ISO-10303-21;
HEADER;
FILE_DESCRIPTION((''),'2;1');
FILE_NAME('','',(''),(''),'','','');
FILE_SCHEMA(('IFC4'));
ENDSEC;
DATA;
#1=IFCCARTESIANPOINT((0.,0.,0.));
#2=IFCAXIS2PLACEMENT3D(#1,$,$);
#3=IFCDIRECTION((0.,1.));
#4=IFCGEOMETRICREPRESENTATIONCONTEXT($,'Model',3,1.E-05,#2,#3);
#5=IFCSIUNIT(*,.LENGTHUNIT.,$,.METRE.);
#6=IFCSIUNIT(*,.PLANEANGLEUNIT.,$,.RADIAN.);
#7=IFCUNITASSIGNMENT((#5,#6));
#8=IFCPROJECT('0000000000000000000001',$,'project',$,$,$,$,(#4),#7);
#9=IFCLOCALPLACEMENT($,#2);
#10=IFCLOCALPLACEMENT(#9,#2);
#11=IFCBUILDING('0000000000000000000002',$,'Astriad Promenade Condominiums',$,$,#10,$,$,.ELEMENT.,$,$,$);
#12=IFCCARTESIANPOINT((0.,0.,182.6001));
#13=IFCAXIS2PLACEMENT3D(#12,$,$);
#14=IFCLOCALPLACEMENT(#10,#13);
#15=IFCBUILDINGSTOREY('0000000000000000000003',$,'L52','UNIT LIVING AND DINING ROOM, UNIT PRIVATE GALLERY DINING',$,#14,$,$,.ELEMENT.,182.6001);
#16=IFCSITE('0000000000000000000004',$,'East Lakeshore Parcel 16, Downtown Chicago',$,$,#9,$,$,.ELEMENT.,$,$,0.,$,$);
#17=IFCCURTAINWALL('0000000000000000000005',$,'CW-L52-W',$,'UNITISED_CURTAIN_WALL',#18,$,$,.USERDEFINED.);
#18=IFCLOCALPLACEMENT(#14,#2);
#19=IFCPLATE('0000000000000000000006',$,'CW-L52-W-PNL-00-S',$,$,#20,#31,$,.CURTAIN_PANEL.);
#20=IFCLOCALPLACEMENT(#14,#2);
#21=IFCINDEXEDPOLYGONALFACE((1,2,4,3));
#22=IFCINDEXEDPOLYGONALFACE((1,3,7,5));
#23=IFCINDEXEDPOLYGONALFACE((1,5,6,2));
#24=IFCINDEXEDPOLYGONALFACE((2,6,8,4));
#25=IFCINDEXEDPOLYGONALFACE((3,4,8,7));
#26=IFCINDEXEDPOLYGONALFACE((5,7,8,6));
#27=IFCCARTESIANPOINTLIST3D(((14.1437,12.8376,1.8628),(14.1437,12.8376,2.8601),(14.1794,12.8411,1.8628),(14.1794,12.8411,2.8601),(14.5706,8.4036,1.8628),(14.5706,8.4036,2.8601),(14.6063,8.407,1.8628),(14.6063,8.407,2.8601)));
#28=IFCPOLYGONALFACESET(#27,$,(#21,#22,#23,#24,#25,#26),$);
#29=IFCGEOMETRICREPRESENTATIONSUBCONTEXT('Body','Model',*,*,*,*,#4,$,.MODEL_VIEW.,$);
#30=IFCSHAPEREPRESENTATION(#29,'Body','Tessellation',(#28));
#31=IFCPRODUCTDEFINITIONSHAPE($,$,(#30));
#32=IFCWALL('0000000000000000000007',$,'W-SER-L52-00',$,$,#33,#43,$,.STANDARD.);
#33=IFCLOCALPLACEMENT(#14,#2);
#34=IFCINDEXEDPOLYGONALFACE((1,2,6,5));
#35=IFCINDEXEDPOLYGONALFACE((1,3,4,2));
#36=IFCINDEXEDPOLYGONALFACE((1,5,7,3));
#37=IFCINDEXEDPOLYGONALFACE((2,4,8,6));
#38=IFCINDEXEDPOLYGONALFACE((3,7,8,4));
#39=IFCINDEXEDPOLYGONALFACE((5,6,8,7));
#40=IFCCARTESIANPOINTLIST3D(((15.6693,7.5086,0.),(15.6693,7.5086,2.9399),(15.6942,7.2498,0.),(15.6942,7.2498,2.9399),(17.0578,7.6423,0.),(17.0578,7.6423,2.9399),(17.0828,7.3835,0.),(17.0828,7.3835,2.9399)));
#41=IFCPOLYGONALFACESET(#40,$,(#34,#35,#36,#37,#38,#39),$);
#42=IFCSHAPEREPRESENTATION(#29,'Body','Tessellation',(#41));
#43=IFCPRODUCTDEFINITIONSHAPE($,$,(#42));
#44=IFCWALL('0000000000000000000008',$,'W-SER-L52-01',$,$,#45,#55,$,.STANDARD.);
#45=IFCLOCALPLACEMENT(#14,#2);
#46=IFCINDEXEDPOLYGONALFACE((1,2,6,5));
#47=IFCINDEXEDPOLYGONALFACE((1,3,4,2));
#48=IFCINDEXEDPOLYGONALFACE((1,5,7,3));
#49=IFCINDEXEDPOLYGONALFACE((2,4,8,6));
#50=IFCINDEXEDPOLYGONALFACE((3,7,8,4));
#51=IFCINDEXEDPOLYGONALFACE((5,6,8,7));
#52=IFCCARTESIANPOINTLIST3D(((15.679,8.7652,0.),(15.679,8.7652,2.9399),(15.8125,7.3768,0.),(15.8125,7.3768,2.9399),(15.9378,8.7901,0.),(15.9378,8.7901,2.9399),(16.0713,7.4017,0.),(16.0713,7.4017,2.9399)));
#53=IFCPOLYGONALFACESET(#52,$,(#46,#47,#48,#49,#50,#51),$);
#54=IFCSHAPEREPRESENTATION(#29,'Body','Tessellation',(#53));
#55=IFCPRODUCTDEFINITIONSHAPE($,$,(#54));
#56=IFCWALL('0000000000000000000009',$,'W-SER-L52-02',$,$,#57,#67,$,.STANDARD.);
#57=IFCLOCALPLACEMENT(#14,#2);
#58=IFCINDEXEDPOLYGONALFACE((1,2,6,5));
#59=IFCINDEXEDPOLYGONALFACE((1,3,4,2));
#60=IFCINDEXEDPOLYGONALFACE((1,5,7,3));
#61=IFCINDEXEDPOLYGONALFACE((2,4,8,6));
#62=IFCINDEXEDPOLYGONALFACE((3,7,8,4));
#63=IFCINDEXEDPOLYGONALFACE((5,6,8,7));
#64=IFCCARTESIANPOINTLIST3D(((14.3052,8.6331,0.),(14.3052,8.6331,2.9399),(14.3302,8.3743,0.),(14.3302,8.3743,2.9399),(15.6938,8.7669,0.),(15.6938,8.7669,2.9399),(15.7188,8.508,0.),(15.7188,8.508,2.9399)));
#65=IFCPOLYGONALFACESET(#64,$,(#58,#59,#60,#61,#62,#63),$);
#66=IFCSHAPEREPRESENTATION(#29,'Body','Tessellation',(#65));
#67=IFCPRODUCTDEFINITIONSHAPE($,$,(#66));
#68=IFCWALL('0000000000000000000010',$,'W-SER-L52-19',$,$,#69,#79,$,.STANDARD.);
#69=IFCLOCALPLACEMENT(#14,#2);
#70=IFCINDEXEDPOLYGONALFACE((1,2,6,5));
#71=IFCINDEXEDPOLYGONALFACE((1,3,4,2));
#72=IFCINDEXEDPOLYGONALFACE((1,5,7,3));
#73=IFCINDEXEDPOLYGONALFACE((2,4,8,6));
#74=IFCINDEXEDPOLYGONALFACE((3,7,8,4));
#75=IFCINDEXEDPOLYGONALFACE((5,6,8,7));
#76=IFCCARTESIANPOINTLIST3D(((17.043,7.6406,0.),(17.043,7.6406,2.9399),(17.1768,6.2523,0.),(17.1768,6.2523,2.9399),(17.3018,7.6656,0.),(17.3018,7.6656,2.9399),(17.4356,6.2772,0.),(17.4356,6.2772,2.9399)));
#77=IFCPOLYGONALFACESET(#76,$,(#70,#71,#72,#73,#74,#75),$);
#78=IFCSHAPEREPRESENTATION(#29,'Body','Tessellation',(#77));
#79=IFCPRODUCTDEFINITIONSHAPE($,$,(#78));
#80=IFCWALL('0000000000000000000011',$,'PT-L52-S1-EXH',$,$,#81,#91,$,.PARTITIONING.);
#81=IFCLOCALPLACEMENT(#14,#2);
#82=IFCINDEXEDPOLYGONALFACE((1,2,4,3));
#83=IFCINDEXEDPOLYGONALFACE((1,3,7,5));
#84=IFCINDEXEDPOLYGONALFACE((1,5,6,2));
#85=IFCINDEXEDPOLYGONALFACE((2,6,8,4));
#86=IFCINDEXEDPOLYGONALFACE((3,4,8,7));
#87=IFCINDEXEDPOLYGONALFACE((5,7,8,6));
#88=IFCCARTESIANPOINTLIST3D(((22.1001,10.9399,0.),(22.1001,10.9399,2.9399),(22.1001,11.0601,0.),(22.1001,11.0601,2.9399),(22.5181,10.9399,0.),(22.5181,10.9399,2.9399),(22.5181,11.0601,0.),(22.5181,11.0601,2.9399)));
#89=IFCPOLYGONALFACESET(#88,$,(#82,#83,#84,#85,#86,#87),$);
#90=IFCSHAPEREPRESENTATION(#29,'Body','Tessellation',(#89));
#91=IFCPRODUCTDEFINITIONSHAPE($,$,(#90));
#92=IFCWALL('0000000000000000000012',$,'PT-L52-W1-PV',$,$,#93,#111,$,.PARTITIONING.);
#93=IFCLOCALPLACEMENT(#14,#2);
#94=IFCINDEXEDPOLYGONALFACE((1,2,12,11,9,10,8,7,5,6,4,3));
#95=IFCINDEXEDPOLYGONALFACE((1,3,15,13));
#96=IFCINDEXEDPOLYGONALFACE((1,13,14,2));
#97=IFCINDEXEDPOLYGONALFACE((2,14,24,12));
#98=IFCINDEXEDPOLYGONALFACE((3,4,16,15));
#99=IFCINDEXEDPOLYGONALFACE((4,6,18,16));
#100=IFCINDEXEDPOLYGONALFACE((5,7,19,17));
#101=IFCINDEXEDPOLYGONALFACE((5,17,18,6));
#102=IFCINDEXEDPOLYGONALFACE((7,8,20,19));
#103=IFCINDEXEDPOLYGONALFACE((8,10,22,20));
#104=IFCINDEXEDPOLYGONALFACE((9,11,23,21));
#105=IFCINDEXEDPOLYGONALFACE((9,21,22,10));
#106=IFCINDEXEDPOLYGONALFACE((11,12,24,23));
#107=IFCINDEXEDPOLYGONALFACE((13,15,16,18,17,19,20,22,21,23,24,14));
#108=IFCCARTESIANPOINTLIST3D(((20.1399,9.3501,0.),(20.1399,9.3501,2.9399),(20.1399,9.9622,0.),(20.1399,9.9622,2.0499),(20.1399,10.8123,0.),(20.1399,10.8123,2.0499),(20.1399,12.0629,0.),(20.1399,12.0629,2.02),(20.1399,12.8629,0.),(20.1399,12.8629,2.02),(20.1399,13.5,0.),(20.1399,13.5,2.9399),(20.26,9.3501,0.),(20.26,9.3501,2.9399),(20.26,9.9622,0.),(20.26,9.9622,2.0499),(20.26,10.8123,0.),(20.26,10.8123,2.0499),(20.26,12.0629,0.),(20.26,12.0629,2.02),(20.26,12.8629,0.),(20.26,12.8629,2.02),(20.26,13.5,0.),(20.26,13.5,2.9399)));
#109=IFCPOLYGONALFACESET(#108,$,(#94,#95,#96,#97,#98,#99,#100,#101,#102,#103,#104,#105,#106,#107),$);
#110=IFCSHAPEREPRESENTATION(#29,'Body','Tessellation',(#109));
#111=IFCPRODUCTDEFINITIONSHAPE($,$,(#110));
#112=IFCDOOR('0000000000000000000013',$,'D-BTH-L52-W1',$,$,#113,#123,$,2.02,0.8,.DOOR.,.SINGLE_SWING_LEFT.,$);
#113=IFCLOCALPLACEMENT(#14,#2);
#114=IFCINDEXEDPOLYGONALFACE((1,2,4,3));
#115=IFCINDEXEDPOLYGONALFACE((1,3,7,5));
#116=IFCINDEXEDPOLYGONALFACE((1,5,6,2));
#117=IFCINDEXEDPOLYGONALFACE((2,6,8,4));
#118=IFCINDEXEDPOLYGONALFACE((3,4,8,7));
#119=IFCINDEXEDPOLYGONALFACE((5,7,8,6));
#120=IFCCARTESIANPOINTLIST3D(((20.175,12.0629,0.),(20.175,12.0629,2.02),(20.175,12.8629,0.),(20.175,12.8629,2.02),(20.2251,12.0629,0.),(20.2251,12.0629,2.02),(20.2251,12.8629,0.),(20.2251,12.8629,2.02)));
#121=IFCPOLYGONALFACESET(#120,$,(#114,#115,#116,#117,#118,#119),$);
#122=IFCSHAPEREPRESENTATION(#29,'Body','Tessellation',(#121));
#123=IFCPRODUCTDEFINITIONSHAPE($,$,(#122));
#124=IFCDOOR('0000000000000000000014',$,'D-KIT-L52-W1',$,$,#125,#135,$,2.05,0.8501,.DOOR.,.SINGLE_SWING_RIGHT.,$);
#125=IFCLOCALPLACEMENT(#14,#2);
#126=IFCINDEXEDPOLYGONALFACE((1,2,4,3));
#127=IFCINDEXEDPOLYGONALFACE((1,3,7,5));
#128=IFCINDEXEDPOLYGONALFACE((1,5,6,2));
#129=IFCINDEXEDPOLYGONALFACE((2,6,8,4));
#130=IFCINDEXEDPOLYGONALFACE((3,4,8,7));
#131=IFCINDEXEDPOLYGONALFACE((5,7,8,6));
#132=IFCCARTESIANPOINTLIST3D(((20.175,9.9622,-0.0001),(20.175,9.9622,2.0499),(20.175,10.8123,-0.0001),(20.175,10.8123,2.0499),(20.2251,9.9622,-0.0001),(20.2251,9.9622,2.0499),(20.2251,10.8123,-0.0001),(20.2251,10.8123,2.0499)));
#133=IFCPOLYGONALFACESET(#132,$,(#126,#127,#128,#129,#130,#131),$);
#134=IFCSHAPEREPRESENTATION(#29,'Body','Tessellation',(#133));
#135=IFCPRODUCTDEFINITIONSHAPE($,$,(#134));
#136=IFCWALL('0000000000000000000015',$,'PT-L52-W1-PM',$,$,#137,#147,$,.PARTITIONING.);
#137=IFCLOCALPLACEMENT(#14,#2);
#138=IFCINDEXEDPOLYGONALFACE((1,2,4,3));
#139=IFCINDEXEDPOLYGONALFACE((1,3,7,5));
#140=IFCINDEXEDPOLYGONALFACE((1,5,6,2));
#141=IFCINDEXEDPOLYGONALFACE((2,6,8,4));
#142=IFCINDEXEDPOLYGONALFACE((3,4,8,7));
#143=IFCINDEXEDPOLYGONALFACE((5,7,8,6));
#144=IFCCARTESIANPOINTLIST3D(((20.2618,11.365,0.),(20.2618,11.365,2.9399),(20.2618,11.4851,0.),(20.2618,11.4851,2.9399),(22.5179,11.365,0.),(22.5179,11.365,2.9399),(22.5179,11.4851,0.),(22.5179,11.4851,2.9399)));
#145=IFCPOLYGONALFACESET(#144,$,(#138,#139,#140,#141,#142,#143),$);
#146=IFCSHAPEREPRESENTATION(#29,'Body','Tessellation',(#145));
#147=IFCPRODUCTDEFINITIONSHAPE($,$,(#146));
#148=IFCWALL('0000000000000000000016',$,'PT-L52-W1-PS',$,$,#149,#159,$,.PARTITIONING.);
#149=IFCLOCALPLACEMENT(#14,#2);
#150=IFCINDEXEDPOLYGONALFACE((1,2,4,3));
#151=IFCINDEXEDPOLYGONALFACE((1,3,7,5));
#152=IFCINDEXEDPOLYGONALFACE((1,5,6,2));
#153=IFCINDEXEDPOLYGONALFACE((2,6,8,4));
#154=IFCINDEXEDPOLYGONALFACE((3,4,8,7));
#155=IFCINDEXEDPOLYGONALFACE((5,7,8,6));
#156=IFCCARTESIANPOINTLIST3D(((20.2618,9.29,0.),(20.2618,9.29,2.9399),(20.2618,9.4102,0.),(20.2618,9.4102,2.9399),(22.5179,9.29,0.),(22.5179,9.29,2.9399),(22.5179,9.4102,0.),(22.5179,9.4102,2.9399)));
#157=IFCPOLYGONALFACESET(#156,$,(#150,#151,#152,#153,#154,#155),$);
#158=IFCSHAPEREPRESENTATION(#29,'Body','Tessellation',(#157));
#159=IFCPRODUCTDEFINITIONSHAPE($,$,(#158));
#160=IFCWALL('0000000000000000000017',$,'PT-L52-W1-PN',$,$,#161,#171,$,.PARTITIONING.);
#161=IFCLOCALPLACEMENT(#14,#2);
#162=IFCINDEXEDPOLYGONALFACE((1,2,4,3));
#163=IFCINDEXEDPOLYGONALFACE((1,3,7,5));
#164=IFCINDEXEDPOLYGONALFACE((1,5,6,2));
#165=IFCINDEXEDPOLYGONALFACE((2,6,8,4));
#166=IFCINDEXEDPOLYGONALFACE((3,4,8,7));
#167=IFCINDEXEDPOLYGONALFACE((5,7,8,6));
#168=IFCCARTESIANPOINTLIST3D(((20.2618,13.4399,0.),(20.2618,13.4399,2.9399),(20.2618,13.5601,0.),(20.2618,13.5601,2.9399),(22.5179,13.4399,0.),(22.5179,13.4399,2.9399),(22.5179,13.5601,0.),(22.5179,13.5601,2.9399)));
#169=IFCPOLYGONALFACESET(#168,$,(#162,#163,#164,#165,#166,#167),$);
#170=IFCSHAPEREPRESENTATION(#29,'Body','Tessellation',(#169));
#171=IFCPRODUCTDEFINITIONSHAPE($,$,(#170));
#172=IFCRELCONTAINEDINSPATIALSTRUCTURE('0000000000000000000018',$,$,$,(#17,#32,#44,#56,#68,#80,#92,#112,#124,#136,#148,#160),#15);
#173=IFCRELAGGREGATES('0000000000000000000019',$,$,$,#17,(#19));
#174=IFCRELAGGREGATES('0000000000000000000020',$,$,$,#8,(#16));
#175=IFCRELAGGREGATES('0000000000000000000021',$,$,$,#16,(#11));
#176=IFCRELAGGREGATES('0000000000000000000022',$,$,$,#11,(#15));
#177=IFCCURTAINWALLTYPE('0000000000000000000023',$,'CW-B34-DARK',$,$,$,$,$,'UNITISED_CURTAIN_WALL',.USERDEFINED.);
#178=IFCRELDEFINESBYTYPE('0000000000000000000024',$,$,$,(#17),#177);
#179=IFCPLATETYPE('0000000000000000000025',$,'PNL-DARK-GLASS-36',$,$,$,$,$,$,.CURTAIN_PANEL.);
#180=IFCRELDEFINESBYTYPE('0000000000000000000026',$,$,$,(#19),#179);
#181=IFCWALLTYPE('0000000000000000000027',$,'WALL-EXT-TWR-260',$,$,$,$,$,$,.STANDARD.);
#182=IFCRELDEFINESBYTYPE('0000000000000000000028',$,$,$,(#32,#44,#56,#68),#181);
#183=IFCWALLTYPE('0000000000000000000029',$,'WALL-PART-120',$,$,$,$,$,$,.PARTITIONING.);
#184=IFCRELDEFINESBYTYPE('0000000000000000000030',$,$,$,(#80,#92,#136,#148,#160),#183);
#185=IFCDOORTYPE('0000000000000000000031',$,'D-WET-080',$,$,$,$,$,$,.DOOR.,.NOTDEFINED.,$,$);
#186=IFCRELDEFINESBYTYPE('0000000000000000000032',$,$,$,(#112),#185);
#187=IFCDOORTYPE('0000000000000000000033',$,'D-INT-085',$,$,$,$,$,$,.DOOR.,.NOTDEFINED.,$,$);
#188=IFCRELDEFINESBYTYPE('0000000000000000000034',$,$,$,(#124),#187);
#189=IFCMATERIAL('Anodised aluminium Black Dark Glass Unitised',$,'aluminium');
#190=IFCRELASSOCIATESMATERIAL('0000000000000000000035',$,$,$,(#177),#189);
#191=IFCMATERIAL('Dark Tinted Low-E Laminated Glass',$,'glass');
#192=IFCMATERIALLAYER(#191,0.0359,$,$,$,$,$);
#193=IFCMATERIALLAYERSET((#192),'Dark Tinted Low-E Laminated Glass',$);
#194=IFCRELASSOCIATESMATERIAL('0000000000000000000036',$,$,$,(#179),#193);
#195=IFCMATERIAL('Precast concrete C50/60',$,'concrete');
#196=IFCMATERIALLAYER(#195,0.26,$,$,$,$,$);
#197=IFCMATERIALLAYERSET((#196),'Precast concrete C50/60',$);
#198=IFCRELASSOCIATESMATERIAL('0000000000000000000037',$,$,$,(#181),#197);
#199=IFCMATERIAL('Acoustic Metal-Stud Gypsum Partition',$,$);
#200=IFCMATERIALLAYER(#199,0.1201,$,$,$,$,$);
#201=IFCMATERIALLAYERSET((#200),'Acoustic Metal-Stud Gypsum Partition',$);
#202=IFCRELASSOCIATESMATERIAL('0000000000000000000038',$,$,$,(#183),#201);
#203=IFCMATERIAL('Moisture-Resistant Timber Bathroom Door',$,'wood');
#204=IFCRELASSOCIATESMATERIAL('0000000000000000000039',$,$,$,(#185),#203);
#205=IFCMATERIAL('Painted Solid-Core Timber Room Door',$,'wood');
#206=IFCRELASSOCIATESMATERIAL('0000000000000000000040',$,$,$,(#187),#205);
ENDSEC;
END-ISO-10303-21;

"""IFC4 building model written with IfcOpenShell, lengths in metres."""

from ifc_helpers import new_model, si_unit, direction, frame, frame_2d, origin, origin_2d, place, context, subcontext, project, spatial, rectangle, extrude, source, transform, mapped, material, layer, layer_set, type_object, type_shapes, element, fill, aggregate, save


model = new_model("IFC4")

# Units and contexts
model_context = context("Model", 3, precision=1e-05, world=origin(), true_north=direction((0.0, 1.0)))
body_context = subcontext(model_context, "Body", "Model", "MODEL_VIEW")
ifc_project = project(units=[si_unit("LENGTHUNIT", "METRE"), si_unit("PLANEANGLEUNIT", "RADIAN")], contexts=[model_context])

# Site, building, storey
site_placement = place(None, origin())
site = spatial("IfcSite", under=ifc_project, at=site_placement, Name="East Lakeshore Parcel 16, Downtown Chicago", CompositionType="ELEMENT", RefElevation=0.0)
building_placement = place(site_placement, origin())
building = spatial("IfcBuilding", under=site, at=building_placement, Name="Astriad Promenade Condominiums", CompositionType="ELEMENT")
storey_placement = place(building_placement, frame((0.0, 0.0, 182.6001)))
storey = spatial("IfcBuildingStorey", under=building, at=storey_placement, Name="L52", Description="UNIT LIVING AND DINING ROOM, UNIT PRIVATE GALLERY DINING", CompositionType="ELEMENT", Elevation=182.6001)

# Curtain wall
ifc_material_1 = material(Name="Anodised aluminium Black Dark Glass Unitised", Category="aluminium")
curtain_wall_type = type_object("IfcCurtainWallType", Name="CW-B34-DARK", ElementType="UNITISED_CURTAIN_WALL", PredefinedType="USERDEFINED", material=ifc_material_1)
curtain_wall_placement = place(storey_placement, origin())
curtain_wall = element("IfcCurtainWall", 1, at=curtain_wall_placement, inside=storey, type_object=curtain_wall_type, Name="CW-L52-W", ObjectType="UNITISED_CURTAIN_WALL", PredefinedType="USERDEFINED")

# Shared definitions
ifc_material_2 = material(Name="Precast concrete C50/60", Category="concrete")

# Plate
ifc_material_3 = material(Name="Dark Tinted Low-E Laminated Glass", Category="glass")
ifc_layer_1 = layer(ifc_material_3, 0.0359)
ifc_layer_set_1 = layer_set([ifc_layer_1], Name="Dark Tinted Low-E Laminated Glass")
plate_type = type_object("IfcPlateType", Name="PNL-DARK-GLASS-36", PredefinedType="CURTAIN_PANEL", material=ifc_layer_set_1)
shared_shape_1 = source(origin(), body_context, "Body", "SweptSolid", [
    extrude(rectangle(XDim=4.4546, YDim=0.0359, at=origin_2d()), origin(), (0.0, 0.0, 1.0), 0.9973),
])
plate_1_placement = place(storey_placement, frame((14.375, 10.6223, 1.8628), z_axis=(0.0, 0.0, 1.0), x_axis=(-0.095846, 0.995396, 0.0)))
plate_1 = element("IfcPlate", 2, at=plate_1_placement, type_object=plate_type, Name="CW-L52-W-PNL-00-S", PredefinedType="CURTAIN_PANEL", context=body_context, shape_type="MappedRepresentation", body=[
    mapped(shared_shape_1, transform((0.0, 0.0, 0.0), scale=1.0)),
])
aggregate(curtain_wall, [plate_1])

# Walls
ifc_layer_2 = layer(ifc_material_2, 0.26)
ifc_layer_set_2 = layer_set([ifc_layer_2], Name="Precast concrete C50/60")
wall_type_1 = type_object("IfcWallType", Name="WALL-EXT-TWR-260", PredefinedType="STANDARD", material=ifc_layer_set_2)
wall_1_placement = place(storey_placement, frame((17.0703, 7.5129, 0.0), z_axis=(0.0, 0.0, 1.0), x_axis=(-0.995391, -0.095899, 0.0)))
element("IfcWall", 3, at=wall_1_placement, inside=storey, type_object=wall_type_1, Name="W-SER-L52-00", PredefinedType="STANDARD", context=body_context, shape_type="SweptSolid", body=[
    extrude(rectangle(XDim=1.395, YDim=0.26, at=frame_2d((0.6975, 0.0))), origin(), (0.0, 0.0, 1.0), 2.9399),
])
wall_2_placement = place(storey_placement, frame((15.9419, 7.3894, 0.0), z_axis=(0.0, 0.0, 1.0), x_axis=(-0.095742, 0.995406, 0.0)))
element("IfcWall", 4, at=wall_2_placement, inside=storey, type_object=wall_type_1, Name="W-SER-L52-01", PredefinedType="STANDARD", context=body_context, shape_type="SweptSolid", body=[
    extrude(rectangle(XDim=1.3948, YDim=0.26, at=frame_2d((0.6973, 0.0))), origin(), (0.0, 0.0, 1.0), 2.9399),
])
wall_3_placement = place(storey_placement, frame((15.7063, 8.6375, 0.0), z_axis=(0.0, 0.0, 1.0), x_axis=(-0.995391, -0.095899, 0.0)))
element("IfcWall", 5, at=wall_3_placement, inside=storey, type_object=wall_type_1, Name="W-SER-L52-02", PredefinedType="STANDARD", context=body_context, shape_type="SweptSolid", body=[
    extrude(rectangle(XDim=1.395, YDim=0.26, at=frame_2d((0.6975, 0.0))), origin(), (0.0, 0.0, 1.0), 2.9399),
])
wall_4_placement = place(storey_placement, frame((17.3062, 6.2649, 0.0), z_axis=(0.0, 0.0, 1.0), x_axis=(-0.095916, 0.995389, 0.0)))
element("IfcWall", 6, at=wall_4_placement, inside=storey, type_object=wall_type_1, Name="W-SER-L52-19", PredefinedType="STANDARD", context=body_context, shape_type="SweptSolid", body=[
    extrude(rectangle(XDim=1.3948, YDim=0.26, at=frame_2d((0.6973, 0.0))), origin(), (0.0, 0.0, 1.0), 2.9399),
])
ifc_material_4 = material(Name="Acoustic Metal-Stud Gypsum Partition")
ifc_layer_3 = layer(ifc_material_4, 0.1201)
ifc_layer_set_3 = layer_set([ifc_layer_3], Name="Acoustic Metal-Stud Gypsum Partition")
wall_type_2 = type_object("IfcWallType", Name="WALL-PART-120", PredefinedType="PARTITIONING", material=ifc_layer_set_3)
wall_5_placement = place(storey_placement, frame((22.1001, 11.0, 0.0), z_axis=(0.0, 0.0, 1.0), x_axis=(1.0, 0.0, 0.0)))
element("IfcWall", 7, at=wall_5_placement, inside=storey, type_object=wall_type_2, Name="PT-L52-S1-EXH", PredefinedType="PARTITIONING", context=body_context, shape_type="SweptSolid", body=[
    extrude(rectangle(XDim=0.418, YDim=0.1201, at=frame_2d((0.209, 0.0))), origin(), (0.0, 0.0, 1.0), 2.9399),
])

# Wall, openings, doors
wall_6_placement = place(storey_placement, frame((20.2, 9.3501, 0.0), z_axis=(0.0, 0.0, 1.0), x_axis=(0.0, 1.0, 0.0)))
wall_6 = element("IfcWall", 8, at=wall_6_placement, inside=storey, type_object=wall_type_2, Name="PT-L52-W1-PV", PredefinedType="PARTITIONING", context=body_context, shape_type="SweptSolid", body=[
    extrude(rectangle(XDim=4.1499, YDim=0.1201, at=frame_2d((2.075, 0.0))), origin(), (0.0, 0.0, 1.0), 2.9399),
])
opening_1_placement = place(wall_6_placement, frame((0.6121, 0.0, 0.0)))
opening_1 = element("IfcOpeningElement", 9, at=opening_1_placement, cuts=wall_6, PredefinedType="OPENING", context=body_context, shape_type="SweptSolid", body=[
    extrude(rectangle(XDim=0.8501, YDim=2.05, at=frame_2d((0.425, 1.0249))), frame((0.0, 0.0701, 0.0), z_axis=(0.0, -1.0, 0.0), x_axis=(1.0, 0.0, 0.0)), (0.0, 0.0, 1.0), 0.1401),
])
opening_2_placement = place(wall_6_placement, frame((2.7129, 0.0, 0.0)))
opening_2 = element("IfcOpeningElement", 10, at=opening_2_placement, cuts=wall_6, PredefinedType="OPENING", context=body_context, shape_type="SweptSolid", body=[
    extrude(rectangle(XDim=0.8, YDim=2.02, at=frame_2d((0.3999, 1.01))), frame((0.0, 0.0701, 0.0), z_axis=(0.0, -1.0, 0.0), x_axis=(1.0, 0.0, 0.0)), (0.0, 0.0, 1.0), 0.1401),
])
ifc_material_5 = material(Name="Moisture-Resistant Timber Bathroom Door", Category="wood")
door_type_1 = type_object("IfcDoorType", Name="D-WET-080", OperationType="NOTDEFINED", PredefinedType="DOOR", material=ifc_material_5)
shared_shape_2 = source(origin(), body_context, "Body", "SweptSolid", [
    extrude(rectangle(XDim=0.8, YDim=2.02, at=frame_2d((0.3999, 1.01))), frame((0.0, 0.0249, 0.0), z_axis=(0.0, -1.0, 0.0), x_axis=(1.0, 0.0, 0.0)), (0.0, 0.0, 1.0), 0.05),
])
type_shapes(door_type_1, [shared_shape_2])
door_1_placement = place(opening_2_placement, origin())
door_1 = element("IfcDoor", 11, at=door_1_placement, inside=storey, type_object=door_type_1, Name="D-BTH-L52-W1", OperationType="SINGLE_SWING_LEFT", OverallHeight=2.02, OverallWidth=0.8, PredefinedType="DOOR", context=body_context, shape_type="MappedRepresentation", body=[
    mapped(shared_shape_2, transform((0.0, 0.0, 0.0), scale=1.0)),
])
fill(opening_2, door_1)
ifc_material_6 = material(Name="Painted Solid-Core Timber Room Door", Category="wood")
door_type_2 = type_object("IfcDoorType", Name="D-INT-085", OperationType="NOTDEFINED", PredefinedType="DOOR", material=ifc_material_6)
shared_shape_3 = source(origin(), body_context, "Body", "SweptSolid", [
    extrude(rectangle(XDim=0.8501, YDim=2.05, at=frame_2d((0.425, 1.0249))), frame((0.0, 0.0249, 0.0), z_axis=(0.0, -1.0, 0.0), x_axis=(1.0, 0.0, 0.0)), (0.0, 0.0, 1.0), 0.05),
])
type_shapes(door_type_2, [shared_shape_3])
door_2_placement = place(opening_1_placement, origin())
door_2 = element("IfcDoor", 12, at=door_2_placement, inside=storey, type_object=door_type_2, Name="D-KIT-L52-W1", OperationType="SINGLE_SWING_RIGHT", OverallHeight=2.05, OverallWidth=0.8501, PredefinedType="DOOR", context=body_context, shape_type="MappedRepresentation", body=[
    mapped(shared_shape_3, transform((0.0, 0.0, 0.0), scale=1.0)),
])
fill(opening_1, door_2)

# Walls
for number, where, z_axis, x_axis, name in (
    (13, (20.262, 11.425, 0.0), (0.0, 0.0, 1.0), (1.0, 0.0, 0.0), "PT-L52-W1-PM"),
    (14, (20.262, 9.3501, 0.0), (0.0, 0.0, 1.0), (1.0, 0.0, 0.0), "PT-L52-W1-PS"),
    (15, (20.262, 13.5, 0.0), (0.0, 0.0, 1.0), (1.0, 0.0, 0.0), "PT-L52-W1-PN"),
):
    element("IfcWall", number, at=place(storey_placement, frame(where, z_axis=z_axis, x_axis=x_axis)), inside=storey, type_object=wall_type_2, Name=name, PredefinedType="PARTITIONING", context=body_context, shape_type="SweptSolid", body=[
        extrude(rectangle(XDim=2.2561, YDim=0.1201, at=frame_2d((1.1279, 0.0))), origin(), (0.0, 0.0, 1.0), 2.9399),
    ])

save(model, "model.ifc")
